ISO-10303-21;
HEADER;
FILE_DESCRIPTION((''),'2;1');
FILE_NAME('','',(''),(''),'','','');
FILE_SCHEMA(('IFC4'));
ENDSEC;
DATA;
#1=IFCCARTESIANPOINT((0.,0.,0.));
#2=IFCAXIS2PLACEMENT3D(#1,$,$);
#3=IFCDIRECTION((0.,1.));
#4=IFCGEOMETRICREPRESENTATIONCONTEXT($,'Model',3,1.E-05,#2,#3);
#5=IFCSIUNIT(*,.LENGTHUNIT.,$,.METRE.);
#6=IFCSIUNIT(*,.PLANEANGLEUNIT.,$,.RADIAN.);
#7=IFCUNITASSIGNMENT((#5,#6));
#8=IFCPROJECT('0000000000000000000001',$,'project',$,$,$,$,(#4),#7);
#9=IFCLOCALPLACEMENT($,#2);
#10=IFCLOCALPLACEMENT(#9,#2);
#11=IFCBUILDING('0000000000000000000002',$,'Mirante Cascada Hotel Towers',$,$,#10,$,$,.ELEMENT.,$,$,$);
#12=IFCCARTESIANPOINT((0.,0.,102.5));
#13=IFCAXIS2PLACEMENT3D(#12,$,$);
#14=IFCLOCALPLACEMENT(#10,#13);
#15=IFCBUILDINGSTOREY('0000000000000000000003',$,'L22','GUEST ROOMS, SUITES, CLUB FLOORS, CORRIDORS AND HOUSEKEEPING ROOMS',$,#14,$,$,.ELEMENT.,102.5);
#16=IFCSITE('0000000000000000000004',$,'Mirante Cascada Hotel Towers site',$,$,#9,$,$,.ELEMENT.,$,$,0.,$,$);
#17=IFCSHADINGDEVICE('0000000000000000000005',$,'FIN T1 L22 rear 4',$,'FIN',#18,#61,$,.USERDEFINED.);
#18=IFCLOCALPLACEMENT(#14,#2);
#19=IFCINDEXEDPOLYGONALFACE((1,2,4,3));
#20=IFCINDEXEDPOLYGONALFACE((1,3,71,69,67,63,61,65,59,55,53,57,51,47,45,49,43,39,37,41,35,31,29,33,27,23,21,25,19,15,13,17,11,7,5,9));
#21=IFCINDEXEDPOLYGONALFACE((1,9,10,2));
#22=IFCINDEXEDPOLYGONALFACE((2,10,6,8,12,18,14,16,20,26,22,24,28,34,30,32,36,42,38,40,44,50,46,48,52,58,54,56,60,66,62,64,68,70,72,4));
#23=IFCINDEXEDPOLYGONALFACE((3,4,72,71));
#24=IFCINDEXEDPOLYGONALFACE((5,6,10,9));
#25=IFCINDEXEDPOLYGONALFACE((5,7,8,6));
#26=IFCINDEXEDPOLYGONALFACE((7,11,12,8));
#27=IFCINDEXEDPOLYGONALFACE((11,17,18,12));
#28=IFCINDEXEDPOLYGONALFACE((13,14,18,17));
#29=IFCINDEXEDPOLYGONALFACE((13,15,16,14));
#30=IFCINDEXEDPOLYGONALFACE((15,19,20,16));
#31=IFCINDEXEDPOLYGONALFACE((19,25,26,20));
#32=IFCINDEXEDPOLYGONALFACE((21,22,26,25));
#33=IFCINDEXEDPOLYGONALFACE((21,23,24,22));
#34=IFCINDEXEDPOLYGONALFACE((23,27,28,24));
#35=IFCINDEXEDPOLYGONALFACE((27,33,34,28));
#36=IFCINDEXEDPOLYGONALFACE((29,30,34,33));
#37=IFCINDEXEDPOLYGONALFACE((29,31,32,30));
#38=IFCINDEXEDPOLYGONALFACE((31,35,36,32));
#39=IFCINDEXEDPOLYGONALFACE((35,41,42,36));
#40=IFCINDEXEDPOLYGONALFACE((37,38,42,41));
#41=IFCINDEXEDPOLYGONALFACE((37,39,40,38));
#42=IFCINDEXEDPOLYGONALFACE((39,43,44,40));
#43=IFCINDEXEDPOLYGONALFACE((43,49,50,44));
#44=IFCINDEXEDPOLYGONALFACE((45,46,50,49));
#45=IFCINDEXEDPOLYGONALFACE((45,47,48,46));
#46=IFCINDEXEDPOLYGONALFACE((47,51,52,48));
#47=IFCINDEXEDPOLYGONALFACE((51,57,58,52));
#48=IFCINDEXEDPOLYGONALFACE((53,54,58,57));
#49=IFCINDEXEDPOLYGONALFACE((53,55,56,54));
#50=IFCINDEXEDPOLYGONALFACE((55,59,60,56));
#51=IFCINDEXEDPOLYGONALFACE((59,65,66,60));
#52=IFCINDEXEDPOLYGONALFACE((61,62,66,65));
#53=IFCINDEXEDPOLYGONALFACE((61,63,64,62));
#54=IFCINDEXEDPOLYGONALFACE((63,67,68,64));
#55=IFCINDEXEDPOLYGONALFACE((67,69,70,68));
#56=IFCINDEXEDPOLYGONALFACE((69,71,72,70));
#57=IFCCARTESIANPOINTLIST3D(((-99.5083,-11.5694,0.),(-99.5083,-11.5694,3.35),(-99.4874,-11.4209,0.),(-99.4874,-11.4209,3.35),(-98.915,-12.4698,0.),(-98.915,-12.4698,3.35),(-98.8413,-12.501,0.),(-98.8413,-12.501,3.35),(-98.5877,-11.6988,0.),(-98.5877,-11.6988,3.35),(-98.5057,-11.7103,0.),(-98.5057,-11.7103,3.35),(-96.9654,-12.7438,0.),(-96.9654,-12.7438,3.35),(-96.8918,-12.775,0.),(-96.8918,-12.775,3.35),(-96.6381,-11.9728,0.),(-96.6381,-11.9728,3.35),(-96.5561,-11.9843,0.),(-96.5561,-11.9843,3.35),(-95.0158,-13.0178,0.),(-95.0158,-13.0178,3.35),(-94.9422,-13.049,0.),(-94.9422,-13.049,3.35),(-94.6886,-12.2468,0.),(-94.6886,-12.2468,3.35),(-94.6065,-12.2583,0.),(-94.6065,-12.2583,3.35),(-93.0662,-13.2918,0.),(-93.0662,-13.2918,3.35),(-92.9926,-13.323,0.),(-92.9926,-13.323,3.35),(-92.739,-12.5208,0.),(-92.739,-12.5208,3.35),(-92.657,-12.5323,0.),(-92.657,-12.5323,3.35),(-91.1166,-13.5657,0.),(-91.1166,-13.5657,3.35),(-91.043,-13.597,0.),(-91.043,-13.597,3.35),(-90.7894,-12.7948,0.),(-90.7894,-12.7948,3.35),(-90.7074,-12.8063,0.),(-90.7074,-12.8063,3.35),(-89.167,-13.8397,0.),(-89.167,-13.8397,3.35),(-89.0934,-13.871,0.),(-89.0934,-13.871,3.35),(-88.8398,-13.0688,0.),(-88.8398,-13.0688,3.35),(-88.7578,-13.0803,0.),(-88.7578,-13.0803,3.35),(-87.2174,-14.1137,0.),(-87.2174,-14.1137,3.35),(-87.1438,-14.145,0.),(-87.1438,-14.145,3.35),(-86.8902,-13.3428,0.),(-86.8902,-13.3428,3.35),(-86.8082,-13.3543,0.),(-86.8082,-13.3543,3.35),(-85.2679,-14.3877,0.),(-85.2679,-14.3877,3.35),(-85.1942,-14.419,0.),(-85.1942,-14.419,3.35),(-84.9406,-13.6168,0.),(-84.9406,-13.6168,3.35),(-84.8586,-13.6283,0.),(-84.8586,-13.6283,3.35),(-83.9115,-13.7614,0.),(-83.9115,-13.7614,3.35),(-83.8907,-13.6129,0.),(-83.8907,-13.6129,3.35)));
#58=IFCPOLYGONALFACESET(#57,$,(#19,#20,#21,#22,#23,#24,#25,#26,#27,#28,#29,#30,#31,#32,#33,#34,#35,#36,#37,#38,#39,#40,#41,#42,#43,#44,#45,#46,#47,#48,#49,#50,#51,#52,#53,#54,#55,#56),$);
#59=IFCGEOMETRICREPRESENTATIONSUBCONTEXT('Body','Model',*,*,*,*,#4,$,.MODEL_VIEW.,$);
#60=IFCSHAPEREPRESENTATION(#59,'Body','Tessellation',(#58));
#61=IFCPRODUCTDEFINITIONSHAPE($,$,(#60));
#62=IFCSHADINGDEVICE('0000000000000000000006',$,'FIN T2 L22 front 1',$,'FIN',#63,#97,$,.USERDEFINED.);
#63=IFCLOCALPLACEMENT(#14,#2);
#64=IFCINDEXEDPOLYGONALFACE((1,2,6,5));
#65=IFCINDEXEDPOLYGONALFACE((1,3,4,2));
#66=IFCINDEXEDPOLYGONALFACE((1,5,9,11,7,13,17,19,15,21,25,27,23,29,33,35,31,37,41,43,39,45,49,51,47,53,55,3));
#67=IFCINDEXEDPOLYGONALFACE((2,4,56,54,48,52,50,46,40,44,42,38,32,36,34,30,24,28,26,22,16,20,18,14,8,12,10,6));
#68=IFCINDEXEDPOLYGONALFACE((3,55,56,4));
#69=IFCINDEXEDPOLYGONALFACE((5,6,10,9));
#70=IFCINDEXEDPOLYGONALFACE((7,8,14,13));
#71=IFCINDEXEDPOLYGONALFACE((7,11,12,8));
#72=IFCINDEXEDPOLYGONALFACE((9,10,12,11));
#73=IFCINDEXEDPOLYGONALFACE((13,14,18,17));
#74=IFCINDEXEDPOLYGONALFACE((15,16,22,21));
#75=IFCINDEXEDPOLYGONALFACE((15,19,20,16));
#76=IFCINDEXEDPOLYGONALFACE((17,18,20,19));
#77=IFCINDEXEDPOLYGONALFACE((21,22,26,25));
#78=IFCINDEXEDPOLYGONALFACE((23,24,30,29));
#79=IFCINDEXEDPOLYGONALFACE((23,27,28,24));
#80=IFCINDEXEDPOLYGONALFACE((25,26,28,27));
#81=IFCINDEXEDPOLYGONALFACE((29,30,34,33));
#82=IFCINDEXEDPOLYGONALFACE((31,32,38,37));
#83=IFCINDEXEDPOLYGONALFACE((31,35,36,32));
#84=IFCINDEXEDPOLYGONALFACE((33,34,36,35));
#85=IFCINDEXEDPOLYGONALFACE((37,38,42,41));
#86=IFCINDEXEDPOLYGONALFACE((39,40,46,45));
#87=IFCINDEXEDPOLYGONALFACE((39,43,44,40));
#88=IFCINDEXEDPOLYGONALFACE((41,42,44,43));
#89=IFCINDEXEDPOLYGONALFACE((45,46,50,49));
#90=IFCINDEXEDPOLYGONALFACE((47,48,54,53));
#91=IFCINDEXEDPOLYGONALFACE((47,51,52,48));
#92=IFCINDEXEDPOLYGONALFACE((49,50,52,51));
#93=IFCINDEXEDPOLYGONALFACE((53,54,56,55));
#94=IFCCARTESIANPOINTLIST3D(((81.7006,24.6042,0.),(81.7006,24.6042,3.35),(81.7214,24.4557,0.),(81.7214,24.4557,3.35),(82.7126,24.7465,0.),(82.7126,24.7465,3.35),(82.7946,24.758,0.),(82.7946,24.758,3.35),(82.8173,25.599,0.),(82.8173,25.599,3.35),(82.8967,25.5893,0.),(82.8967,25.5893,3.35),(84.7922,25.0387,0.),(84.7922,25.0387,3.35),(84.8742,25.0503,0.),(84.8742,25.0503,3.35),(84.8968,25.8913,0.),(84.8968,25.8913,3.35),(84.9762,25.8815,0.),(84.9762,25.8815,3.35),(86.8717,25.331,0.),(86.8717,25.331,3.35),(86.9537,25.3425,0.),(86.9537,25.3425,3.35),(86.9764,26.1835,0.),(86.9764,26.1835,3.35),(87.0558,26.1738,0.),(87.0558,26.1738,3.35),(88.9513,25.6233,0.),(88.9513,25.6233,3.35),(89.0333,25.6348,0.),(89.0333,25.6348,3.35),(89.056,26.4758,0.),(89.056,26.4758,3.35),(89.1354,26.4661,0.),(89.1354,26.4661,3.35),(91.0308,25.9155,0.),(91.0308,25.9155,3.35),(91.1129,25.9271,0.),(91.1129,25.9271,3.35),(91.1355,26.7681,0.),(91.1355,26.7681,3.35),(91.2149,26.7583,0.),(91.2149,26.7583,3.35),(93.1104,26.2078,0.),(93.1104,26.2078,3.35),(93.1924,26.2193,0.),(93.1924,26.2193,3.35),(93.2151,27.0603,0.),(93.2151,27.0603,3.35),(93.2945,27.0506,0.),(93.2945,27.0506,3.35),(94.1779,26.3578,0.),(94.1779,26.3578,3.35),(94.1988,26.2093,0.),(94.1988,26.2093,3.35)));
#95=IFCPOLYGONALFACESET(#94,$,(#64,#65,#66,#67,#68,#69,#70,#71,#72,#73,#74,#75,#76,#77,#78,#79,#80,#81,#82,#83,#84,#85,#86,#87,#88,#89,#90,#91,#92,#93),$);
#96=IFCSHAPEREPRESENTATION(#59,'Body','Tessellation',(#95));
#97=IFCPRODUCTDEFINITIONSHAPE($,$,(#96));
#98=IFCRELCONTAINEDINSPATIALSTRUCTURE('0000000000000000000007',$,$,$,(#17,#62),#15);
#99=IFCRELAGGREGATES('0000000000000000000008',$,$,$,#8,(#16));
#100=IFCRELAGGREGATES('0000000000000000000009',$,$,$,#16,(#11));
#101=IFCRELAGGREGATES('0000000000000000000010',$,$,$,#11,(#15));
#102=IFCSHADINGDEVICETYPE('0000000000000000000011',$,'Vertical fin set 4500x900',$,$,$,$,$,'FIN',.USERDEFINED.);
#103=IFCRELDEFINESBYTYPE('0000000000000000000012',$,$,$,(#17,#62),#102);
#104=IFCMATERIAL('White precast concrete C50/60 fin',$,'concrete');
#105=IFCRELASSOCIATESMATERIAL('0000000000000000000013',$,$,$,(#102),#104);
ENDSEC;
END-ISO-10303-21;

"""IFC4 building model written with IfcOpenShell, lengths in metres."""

from ifc_helpers import new_model, si_unit, direction, frame, origin, place, context, subcontext, project, spatial, polyline, outline, extrude, material, type_object, element, save


model = new_model("IFC4")

# Units and contexts
model_context = context("Model", 3, precision=1e-05, world=origin(), true_north=direction((0.0, 1.0)))
body_context = subcontext(model_context, "Body", "Model", "MODEL_VIEW")
ifc_project = project(units=[si_unit("LENGTHUNIT", "METRE"), si_unit("PLANEANGLEUNIT", "RADIAN")], contexts=[model_context])

# Site, building, storey
site_placement = place(None, origin())
site = spatial("IfcSite", under=ifc_project, at=site_placement, Name="Mirante Cascada Hotel Towers site", CompositionType="ELEMENT", RefElevation=0.0)
building_placement = place(site_placement, origin())
building = spatial("IfcBuilding", under=site, at=building_placement, Name="Mirante Cascada Hotel Towers", CompositionType="ELEMENT")
storey_placement = place(building_placement, frame((0.0, 0.0, 102.5)))
storey = spatial("IfcBuildingStorey", under=building, at=storey_placement, Name="L22", Description="GUEST ROOMS, SUITES, CLUB FLOORS, CORRIDORS AND HOUSEKEEPING ROOMS", CompositionType="ELEMENT", Elevation=102.5)

# Shading devices
ifc_material_1 = material(Name="White precast concrete C50/60 fin", Category="concrete")
shading_device_type = type_object("IfcShadingDeviceType", Name="Vertical fin set 4500x900", ElementType="FIN", PredefinedType="USERDEFINED", material=ifc_material_1)
shading_device_1_placement = place(storey_placement, origin())
element("IfcShadingDevice", 1, at=shading_device_1_placement, inside=storey, type_object=shading_device_type, Name="FIN T1 L22 rear 4", ObjectType="FIN", PredefinedType="USERDEFINED", context=body_context, shape_type="SweptSolid", body=[
    extrude(outline(polyline([(-84.9406, -13.6168), (-86.8082, -13.3543), (-87.1438, -14.145), (-87.2174, -14.1137), (-86.8902, -13.3428), (-88.7578, -13.0803), (-89.0934, -13.871), (-89.167, -13.8397), (-88.8398, -13.0688), (-90.7074, -12.8063), (-91.043, -13.597), (-91.1166, -13.5657), (-90.7894, -12.7948), (-92.657, -12.5323), (-92.9926, -13.323), (-93.0662, -13.2918), (-92.739, -12.5208), (-94.6065, -12.2583), (-94.9422, -13.049), (-95.0158, -13.0178), (-94.6886, -12.2468), (-96.5561, -11.9843), (-96.8918, -12.775), (-96.9654, -12.7438), (-96.6381, -11.9728), (-98.5057, -11.7103), (-98.8413, -12.501), (-98.915, -12.4698), (-98.5877, -11.6988), (-99.5083, -11.5694), (-99.4874, -11.4209), (-83.8907, -13.6129), (-83.9115, -13.7614), (-84.8586, -13.6283), (-85.1942, -14.419), (-85.2679, -14.3877), (-84.9406, -13.6168)])), origin(), (0.0, 0.0, 1.0), 3.35),
])
shading_device_2_placement = place(storey_placement, origin())
element("IfcShadingDevice", 2, at=shading_device_2_placement, inside=storey, type_object=shading_device_type, Name="FIN T2 L22 front 1", ObjectType="FIN", PredefinedType="USERDEFINED", context=body_context, shape_type="SweptSolid", body=[
    extrude(outline(polyline([(82.8967, 25.5893), (82.7946, 24.758), (84.7922, 25.0387), (84.8968, 25.8913), (84.9762, 25.8815), (84.8742, 25.0503), (86.8717, 25.331), (86.9764, 26.1835), (87.0558, 26.1738), (86.9537, 25.3425), (88.9513, 25.6233), (89.056, 26.4758), (89.1354, 26.4661), (89.0333, 25.6348), (91.0308, 25.9155), (91.1355, 26.7681), (91.2149, 26.7583), (91.1129, 25.9271), (93.1104, 26.2078), (93.2151, 27.0603), (93.2945, 27.0506), (93.1924, 26.2193), (94.1779, 26.3578), (94.1988, 26.2093), (81.7214, 24.4557), (81.7006, 24.6042), (82.7126, 24.7465), (82.8173, 25.599), (82.8967, 25.5893)])), origin(), (0.0, 0.0, 1.0), 3.35),
])

save(model, "model.ifc")
